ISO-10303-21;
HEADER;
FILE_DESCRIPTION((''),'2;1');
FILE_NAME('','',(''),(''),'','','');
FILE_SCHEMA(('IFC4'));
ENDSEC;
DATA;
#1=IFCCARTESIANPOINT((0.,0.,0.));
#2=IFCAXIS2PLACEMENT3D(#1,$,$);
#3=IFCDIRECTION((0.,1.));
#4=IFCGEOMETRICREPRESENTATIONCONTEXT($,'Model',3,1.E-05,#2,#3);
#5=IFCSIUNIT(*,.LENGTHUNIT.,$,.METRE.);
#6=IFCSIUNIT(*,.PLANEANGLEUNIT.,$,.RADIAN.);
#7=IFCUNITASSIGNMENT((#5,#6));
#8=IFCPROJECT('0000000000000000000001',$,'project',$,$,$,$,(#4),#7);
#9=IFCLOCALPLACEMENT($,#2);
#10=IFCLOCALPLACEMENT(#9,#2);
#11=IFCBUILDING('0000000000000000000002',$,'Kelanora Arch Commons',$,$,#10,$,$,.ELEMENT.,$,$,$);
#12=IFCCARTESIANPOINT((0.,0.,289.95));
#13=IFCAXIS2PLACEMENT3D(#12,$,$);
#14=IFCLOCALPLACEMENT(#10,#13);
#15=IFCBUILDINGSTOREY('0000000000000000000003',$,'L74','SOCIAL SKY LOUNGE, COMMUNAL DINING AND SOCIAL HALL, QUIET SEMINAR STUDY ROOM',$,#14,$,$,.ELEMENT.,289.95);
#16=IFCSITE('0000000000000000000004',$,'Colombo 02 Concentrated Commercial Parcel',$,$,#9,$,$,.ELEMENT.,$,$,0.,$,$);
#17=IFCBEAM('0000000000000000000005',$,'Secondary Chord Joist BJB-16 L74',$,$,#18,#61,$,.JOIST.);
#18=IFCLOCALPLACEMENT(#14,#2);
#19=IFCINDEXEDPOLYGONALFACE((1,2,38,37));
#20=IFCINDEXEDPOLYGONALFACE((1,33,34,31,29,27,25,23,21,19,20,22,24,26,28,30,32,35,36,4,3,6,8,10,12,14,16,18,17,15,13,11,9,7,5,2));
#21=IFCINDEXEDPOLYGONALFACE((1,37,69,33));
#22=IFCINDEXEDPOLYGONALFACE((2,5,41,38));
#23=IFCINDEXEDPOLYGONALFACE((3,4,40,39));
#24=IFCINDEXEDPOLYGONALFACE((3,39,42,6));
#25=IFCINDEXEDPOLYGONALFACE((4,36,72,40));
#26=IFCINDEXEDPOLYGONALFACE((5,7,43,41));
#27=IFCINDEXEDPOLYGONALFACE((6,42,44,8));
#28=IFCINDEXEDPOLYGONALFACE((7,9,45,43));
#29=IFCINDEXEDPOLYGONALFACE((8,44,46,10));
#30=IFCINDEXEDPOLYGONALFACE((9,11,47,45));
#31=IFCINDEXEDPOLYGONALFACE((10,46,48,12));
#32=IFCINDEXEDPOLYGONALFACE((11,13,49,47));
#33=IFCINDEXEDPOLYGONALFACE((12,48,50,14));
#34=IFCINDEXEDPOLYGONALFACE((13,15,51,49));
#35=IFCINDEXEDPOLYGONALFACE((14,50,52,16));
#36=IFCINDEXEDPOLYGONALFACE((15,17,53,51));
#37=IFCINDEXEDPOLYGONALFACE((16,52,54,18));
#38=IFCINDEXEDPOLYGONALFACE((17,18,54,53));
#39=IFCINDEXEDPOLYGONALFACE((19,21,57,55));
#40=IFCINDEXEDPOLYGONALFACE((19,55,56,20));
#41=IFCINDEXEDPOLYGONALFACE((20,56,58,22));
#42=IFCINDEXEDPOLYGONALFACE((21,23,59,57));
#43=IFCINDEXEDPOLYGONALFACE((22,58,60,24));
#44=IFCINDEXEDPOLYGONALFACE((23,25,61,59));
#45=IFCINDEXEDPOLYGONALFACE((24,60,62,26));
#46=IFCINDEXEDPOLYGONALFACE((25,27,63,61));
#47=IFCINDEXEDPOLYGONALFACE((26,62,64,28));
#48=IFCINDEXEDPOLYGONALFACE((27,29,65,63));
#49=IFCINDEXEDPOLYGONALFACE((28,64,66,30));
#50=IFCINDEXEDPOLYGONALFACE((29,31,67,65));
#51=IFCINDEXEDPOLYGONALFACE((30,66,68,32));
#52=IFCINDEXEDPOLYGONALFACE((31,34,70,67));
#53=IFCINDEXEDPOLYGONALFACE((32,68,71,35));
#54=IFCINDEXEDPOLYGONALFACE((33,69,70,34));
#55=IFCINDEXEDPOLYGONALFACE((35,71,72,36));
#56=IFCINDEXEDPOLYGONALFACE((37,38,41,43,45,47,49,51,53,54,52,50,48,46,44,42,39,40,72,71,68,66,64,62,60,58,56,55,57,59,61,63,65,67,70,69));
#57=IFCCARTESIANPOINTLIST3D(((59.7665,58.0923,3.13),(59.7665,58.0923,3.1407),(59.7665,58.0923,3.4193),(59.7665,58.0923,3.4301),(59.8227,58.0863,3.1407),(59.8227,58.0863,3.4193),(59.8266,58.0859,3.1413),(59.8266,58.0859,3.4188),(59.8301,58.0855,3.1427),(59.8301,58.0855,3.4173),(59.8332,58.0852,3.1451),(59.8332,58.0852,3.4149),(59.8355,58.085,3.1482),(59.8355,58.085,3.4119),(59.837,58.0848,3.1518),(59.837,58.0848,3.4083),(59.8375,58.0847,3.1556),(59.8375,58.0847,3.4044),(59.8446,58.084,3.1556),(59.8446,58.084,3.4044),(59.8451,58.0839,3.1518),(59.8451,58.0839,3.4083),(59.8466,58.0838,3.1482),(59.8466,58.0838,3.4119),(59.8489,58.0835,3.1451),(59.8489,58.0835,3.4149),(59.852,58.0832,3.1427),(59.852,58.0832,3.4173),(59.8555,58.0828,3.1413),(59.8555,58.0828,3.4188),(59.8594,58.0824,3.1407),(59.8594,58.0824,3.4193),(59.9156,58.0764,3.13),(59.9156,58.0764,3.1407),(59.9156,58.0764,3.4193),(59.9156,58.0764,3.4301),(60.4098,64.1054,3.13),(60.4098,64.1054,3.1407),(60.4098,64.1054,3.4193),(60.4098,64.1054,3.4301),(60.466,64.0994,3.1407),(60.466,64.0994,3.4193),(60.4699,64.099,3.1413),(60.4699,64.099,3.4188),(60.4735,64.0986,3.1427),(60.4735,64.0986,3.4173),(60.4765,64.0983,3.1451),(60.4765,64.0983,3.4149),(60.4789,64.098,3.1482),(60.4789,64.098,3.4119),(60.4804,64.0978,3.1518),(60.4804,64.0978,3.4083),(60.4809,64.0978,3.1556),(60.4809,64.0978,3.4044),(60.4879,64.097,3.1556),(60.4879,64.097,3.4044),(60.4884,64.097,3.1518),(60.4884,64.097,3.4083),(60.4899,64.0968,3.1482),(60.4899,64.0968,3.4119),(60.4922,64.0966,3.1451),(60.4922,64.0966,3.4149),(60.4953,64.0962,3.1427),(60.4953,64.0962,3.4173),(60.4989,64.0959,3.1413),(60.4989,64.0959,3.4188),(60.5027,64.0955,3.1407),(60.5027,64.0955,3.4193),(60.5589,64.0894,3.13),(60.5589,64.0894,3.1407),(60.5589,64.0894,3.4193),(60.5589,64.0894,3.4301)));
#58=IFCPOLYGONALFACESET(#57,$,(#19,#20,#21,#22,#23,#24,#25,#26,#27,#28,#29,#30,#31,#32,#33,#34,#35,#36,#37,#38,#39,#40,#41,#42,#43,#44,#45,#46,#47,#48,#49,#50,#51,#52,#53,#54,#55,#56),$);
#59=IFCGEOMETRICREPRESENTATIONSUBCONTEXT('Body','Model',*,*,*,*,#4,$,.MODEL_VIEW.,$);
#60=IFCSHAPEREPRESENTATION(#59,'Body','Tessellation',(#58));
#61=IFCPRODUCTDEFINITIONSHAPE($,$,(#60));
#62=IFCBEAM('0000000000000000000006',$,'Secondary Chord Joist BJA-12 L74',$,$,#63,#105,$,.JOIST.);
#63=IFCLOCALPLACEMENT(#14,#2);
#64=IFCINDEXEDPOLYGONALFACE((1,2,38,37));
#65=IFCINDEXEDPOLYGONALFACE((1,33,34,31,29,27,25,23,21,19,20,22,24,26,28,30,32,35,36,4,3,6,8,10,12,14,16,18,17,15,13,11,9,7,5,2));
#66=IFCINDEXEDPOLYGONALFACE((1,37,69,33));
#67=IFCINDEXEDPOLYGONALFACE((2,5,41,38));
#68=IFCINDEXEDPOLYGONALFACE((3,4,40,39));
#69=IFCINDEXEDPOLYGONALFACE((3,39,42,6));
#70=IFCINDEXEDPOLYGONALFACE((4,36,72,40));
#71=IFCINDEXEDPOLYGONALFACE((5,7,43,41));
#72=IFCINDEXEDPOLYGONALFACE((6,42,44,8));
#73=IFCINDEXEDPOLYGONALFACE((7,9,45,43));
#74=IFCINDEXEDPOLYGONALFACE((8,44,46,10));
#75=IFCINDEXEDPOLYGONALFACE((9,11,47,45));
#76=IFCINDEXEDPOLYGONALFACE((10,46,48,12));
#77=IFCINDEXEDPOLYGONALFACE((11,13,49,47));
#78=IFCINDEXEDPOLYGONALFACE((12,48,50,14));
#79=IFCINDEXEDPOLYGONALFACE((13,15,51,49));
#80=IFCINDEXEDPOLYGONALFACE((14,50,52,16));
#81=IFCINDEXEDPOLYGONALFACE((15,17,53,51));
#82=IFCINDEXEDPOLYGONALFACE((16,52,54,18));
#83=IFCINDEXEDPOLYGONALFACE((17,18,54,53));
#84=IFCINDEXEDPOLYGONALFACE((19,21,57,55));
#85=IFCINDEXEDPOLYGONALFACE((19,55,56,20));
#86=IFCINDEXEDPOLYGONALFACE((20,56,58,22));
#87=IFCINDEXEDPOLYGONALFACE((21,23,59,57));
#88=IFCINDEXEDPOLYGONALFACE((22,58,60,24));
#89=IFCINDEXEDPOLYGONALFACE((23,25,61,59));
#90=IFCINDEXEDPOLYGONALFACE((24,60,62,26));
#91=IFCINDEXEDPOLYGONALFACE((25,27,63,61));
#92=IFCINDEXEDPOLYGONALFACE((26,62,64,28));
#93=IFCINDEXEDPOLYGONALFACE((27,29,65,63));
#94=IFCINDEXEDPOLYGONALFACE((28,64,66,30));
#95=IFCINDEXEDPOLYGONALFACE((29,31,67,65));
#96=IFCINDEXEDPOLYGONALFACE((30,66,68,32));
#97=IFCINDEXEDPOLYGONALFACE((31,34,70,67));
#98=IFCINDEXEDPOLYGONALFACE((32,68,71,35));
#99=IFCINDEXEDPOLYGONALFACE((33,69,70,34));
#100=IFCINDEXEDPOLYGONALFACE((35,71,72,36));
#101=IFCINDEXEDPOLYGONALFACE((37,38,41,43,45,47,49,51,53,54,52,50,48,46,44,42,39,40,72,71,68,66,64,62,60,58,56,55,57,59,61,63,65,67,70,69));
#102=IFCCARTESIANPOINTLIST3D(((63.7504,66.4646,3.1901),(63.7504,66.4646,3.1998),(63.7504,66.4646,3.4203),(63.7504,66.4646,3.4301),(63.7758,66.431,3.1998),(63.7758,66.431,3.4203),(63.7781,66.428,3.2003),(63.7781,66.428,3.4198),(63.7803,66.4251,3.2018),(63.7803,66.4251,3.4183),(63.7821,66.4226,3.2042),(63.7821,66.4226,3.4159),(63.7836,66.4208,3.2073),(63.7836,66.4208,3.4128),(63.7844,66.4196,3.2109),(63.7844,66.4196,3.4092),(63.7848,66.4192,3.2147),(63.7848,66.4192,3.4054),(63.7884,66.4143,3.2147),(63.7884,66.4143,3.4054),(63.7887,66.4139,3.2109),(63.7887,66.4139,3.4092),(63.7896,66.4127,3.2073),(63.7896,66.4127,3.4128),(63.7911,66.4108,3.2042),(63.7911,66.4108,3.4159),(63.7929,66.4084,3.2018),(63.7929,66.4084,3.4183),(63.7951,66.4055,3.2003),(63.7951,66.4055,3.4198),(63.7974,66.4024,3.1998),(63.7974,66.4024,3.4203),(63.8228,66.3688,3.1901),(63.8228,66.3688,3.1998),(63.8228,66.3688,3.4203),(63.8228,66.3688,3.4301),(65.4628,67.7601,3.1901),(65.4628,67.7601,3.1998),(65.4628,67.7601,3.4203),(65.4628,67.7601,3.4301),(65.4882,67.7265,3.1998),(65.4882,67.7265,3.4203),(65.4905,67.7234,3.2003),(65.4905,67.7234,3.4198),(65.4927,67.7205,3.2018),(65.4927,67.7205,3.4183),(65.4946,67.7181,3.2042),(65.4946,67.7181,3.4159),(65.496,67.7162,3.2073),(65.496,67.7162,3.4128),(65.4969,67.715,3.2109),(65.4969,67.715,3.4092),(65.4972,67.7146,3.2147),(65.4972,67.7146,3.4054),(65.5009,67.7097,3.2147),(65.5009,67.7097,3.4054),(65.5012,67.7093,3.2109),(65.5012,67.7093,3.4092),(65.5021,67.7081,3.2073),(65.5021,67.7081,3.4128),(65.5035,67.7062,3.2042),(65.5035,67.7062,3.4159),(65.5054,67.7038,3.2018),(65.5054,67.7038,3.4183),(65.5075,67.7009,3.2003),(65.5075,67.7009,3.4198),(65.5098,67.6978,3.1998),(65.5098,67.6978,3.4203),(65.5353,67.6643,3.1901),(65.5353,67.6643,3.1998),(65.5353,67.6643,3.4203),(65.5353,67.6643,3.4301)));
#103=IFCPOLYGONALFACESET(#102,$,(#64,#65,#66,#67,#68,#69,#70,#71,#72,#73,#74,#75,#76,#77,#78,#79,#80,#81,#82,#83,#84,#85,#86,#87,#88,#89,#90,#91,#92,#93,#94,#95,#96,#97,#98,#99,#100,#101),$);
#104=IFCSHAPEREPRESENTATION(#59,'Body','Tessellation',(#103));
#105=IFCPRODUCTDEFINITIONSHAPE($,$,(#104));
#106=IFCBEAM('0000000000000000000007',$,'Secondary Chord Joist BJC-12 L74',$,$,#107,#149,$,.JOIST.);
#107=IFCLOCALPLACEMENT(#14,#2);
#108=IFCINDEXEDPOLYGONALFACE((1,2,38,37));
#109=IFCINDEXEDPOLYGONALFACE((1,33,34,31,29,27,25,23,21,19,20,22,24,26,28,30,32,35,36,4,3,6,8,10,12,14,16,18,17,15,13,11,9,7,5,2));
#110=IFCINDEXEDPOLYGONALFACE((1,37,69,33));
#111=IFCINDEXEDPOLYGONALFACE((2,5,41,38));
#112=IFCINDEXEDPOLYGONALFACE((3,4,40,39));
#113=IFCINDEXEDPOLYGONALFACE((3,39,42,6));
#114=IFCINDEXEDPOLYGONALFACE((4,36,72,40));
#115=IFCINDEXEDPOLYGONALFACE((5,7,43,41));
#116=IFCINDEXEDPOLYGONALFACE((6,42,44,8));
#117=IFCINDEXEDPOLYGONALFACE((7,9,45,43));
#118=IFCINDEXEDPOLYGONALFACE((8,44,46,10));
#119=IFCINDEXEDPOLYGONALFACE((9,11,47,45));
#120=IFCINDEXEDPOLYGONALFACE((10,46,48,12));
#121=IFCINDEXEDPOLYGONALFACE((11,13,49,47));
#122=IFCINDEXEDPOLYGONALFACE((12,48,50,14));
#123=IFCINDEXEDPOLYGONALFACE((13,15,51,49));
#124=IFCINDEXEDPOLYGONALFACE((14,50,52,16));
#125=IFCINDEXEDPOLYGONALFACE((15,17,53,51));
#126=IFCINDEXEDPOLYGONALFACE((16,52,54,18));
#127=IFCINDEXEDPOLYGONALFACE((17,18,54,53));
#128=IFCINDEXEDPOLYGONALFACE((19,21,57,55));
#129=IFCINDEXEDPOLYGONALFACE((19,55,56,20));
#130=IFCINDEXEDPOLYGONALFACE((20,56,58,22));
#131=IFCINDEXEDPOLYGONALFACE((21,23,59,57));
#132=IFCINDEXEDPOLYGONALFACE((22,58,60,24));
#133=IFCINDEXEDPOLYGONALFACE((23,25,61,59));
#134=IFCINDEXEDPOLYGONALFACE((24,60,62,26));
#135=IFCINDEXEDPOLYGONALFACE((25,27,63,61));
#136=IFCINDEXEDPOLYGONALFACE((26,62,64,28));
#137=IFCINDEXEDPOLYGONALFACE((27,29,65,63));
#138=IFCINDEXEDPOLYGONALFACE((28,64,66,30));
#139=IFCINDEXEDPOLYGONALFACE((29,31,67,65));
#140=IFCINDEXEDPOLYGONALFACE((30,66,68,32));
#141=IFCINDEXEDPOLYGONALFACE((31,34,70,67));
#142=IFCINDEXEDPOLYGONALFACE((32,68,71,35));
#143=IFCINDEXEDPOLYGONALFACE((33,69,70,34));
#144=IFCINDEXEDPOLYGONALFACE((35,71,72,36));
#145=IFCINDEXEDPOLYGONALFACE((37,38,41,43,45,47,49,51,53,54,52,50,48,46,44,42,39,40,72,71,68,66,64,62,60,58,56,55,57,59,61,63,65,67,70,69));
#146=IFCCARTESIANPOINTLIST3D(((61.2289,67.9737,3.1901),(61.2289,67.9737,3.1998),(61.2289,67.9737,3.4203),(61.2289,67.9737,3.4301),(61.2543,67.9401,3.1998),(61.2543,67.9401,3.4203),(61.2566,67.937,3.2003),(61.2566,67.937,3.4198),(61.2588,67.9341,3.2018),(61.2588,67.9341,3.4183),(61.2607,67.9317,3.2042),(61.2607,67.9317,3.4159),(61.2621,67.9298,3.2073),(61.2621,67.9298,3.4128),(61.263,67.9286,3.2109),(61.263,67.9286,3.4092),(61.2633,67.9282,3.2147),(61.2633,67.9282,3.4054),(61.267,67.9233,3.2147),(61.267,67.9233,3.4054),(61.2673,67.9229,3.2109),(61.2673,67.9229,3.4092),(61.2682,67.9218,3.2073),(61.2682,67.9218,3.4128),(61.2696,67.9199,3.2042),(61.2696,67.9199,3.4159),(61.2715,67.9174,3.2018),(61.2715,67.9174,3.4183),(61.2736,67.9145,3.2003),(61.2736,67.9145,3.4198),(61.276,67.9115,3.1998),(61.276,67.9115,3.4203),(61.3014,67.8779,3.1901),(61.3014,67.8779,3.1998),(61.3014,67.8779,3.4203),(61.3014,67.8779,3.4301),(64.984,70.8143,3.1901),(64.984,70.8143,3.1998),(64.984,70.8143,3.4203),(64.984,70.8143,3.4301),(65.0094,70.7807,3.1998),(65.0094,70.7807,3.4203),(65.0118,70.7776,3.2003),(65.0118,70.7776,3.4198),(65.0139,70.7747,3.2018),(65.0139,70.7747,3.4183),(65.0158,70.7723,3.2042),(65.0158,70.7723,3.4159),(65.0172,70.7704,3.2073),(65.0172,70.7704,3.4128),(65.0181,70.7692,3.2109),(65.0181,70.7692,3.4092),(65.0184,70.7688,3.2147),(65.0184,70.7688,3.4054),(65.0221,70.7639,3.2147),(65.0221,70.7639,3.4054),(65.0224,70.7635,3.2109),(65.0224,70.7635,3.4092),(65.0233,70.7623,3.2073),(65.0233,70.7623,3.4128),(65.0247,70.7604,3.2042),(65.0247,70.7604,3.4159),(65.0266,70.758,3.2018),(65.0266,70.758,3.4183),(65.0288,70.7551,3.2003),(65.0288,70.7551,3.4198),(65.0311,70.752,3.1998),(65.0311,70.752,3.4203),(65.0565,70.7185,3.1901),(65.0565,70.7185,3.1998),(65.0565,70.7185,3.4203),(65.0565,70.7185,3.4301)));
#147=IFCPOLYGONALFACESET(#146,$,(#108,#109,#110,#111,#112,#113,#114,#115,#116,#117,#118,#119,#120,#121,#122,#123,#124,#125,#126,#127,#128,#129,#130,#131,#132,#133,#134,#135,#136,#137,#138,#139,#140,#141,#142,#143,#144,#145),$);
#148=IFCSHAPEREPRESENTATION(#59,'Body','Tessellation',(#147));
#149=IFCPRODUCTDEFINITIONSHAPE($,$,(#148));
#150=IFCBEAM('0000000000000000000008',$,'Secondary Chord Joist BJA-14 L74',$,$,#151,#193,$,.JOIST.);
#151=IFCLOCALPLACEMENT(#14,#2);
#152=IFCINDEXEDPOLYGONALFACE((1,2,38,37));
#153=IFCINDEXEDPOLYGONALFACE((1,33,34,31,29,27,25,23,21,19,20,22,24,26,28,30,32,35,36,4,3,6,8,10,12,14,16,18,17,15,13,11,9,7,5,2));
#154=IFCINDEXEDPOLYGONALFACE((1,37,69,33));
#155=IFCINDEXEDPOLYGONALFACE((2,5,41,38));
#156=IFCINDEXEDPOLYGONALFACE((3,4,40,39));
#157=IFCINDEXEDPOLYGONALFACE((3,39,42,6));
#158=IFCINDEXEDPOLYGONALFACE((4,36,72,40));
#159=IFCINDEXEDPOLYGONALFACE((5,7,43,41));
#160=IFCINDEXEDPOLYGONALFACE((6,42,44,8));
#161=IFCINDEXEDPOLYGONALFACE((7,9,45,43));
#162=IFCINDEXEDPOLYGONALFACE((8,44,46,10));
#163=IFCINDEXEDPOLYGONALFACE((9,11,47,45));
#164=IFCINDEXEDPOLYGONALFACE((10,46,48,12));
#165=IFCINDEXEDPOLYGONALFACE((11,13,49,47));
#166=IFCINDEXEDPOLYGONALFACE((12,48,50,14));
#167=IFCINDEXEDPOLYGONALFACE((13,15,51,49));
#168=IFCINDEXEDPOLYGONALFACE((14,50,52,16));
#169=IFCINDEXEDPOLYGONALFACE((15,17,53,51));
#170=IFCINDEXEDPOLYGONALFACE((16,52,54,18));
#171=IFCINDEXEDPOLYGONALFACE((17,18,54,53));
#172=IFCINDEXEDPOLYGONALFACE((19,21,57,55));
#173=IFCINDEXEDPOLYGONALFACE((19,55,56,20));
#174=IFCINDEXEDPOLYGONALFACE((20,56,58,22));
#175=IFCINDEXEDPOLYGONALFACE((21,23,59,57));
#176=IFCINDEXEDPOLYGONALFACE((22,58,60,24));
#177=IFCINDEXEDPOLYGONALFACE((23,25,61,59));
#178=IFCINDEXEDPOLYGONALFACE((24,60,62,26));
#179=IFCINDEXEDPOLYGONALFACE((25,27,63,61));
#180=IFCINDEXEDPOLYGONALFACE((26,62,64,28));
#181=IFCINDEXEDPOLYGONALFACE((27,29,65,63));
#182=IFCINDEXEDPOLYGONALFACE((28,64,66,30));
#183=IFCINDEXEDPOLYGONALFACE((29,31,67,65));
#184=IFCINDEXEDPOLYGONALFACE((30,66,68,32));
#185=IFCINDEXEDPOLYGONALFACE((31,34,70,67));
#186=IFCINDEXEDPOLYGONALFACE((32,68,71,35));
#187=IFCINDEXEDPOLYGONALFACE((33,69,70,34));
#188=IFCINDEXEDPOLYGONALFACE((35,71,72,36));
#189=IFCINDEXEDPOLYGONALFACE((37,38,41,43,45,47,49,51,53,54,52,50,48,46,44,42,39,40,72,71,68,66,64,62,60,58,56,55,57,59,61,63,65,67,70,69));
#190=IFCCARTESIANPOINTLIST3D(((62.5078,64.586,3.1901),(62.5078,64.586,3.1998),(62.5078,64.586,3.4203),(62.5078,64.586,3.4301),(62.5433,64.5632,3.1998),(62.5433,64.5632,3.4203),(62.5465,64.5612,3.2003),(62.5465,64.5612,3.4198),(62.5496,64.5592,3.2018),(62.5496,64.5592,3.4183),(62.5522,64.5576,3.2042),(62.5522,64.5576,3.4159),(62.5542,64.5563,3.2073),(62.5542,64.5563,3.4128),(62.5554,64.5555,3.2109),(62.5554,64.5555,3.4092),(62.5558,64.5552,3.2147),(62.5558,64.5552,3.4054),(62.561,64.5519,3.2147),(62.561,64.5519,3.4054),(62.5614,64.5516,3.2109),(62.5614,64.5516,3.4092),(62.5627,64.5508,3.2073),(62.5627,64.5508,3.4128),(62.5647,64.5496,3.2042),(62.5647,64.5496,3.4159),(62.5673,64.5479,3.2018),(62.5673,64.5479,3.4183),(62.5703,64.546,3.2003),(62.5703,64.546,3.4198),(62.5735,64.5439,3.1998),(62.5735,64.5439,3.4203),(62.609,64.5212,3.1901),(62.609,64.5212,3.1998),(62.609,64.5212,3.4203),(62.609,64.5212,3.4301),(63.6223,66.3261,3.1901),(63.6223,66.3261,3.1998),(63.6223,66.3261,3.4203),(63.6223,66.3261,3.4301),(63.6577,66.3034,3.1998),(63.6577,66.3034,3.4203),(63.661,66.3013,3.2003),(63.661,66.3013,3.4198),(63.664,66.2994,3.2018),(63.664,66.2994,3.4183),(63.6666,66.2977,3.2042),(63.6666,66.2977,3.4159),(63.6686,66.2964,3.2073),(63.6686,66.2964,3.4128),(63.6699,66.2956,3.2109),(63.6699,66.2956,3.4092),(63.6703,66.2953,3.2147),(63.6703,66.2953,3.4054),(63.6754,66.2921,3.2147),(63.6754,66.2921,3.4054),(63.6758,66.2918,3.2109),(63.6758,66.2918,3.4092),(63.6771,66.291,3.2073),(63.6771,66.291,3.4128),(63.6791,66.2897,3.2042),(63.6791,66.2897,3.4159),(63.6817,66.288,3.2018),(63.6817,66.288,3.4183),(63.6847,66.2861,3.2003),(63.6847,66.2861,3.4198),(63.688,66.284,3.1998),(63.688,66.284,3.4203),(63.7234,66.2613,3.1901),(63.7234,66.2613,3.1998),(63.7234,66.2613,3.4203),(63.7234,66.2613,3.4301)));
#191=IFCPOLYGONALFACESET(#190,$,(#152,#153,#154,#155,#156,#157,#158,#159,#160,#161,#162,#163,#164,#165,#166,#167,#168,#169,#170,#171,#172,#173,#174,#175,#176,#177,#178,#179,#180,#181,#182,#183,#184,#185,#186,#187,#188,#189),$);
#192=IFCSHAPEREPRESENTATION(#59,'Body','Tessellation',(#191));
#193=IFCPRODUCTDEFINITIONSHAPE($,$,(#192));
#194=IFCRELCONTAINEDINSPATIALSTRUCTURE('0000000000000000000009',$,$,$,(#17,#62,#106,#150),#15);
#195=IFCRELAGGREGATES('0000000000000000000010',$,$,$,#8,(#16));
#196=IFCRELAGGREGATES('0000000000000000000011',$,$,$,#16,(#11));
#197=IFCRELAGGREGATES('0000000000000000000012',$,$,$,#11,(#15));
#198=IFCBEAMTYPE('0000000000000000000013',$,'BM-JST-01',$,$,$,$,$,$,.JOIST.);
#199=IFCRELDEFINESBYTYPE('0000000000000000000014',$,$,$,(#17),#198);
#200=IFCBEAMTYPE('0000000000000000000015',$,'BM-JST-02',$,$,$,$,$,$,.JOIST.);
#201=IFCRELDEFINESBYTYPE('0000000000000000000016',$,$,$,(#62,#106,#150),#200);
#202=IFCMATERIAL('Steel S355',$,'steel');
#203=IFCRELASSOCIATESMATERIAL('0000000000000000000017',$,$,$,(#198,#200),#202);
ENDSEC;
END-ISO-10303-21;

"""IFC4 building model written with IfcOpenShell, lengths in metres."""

from ifc_helpers import new_model, si_unit, direction, frame, origin, origin_2d, place, context, subcontext, project, spatial, i_section, extrude, material, material_profile, profile_set, type_object, element, save


model = new_model("IFC4")

# Units and contexts
model_context = context("Model", 3, precision=1e-05, world=origin(), true_north=direction((0.0, 1.0)))
body_context = subcontext(model_context, "Body", "Model", "MODEL_VIEW")
ifc_project = project(units=[si_unit("LENGTHUNIT", "METRE"), si_unit("PLANEANGLEUNIT", "RADIAN")], contexts=[model_context])

# Site, building, storey
site_placement = place(None, origin())
site = spatial("IfcSite", under=ifc_project, at=site_placement, Name="Colombo 02 Concentrated Commercial Parcel", CompositionType="ELEMENT", RefElevation=0.0)
building_placement = place(site_placement, origin())
building = spatial("IfcBuilding", under=site, at=building_placement, Name="Kelanora Arch Commons", CompositionType="ELEMENT")
storey_placement = place(building_placement, frame((0.0, 0.0, 289.95)))
storey = spatial("IfcBuildingStorey", under=building, at=storey_placement, Name="L74", Description="SOCIAL SKY LOUNGE, COMMUNAL DINING AND SOCIAL HALL, QUIET SEMINAR STUDY ROOM", CompositionType="ELEMENT", Elevation=289.95)

# Beams
ifc_material_1 = material(Name="Steel S355", Category="steel")
ifc_material_profile_1 = material_profile(ifc_material_1, i_section(OverallWidth=0.1499, OverallDepth=0.3, WebThickness=0.0071, FlangeThickness=0.0107, FilletRadius=0.0149, at=origin_2d()), Name="IPE300")
ifc_profile_set_1 = profile_set([ifc_material_profile_1], Name="Steel S355")
beam_type_1 = type_object("IfcBeamType", Name="BM-JST-01", PredefinedType="JOIST", material=ifc_profile_set_1)
beam_1_placement = place(storey_placement, frame((60.4844, 64.0974, 3.28), z_axis=(-0.106381, -0.994325, 0.0), x_axis=(0.994325, -0.106381, 0.0)))
element("IfcBeam", 1, at=beam_1_placement, inside=storey, type_object=beam_type_1, Name="Secondary Chord Joist BJB-16 L74", PredefinedType="JOIST", context=body_context, shape_type="SweptSolid", body=[
    extrude(i_section(OverallWidth=0.1499, OverallDepth=0.3, WebThickness=0.0071, FlangeThickness=0.0107, FilletRadius=0.0149, at=origin_2d()), origin(), (0.0, 0.0, 1.0), 6.0474),
])
ifc_material_profile_2 = material_profile(ifc_material_1, i_section(OverallWidth=0.1201, OverallDepth=0.24, WebThickness=0.0061, FlangeThickness=0.0098, FilletRadius=0.0149, at=origin_2d()), Name="IPE240")
ifc_profile_set_2 = profile_set([ifc_material_profile_2], Name="Steel S355")
beam_type_2 = type_object("IfcBeamType", Name="BM-JST-02", PredefinedType="JOIST", material=ifc_profile_set_2)
beam_2_placement = place(storey_placement, frame((65.499, 67.7122, 3.3101), z_axis=(-0.79751, -0.603306, 0.0), x_axis=(0.603306, -0.79751, 0.0)))
element("IfcBeam", 2, at=beam_2_placement, inside=storey, type_object=beam_type_2, Name="Secondary Chord Joist BJA-12 L74", PredefinedType="JOIST", context=body_context, shape_type="SweptSolid", body=[
    extrude(i_section(OverallWidth=0.1201, OverallDepth=0.24, WebThickness=0.0061, FlangeThickness=0.0098, FilletRadius=0.0149, at=origin_2d()), origin(), (0.0, 0.0, 1.0), 2.1472),
])
beam_3_placement = place(storey_placement, frame((65.0203, 70.7664, 3.3101), z_axis=(-0.797523, -0.603289, 0.0), x_axis=(0.603289, -0.797523, 0.0)))
element("IfcBeam", 3, at=beam_3_placement, inside=storey, type_object=beam_type_2, Name="Secondary Chord Joist BJC-12 L74", PredefinedType="JOIST", context=body_context, shape_type="SweptSolid", body=[
    extrude(i_section(OverallWidth=0.1201, OverallDepth=0.24, WebThickness=0.0061, FlangeThickness=0.0098, FilletRadius=0.0149, at=origin_2d()), origin(), (0.0, 0.0, 1.0), 4.7085),
])
beam_4_placement = place(storey_placement, frame((63.6729, 66.2937, 3.3101), z_axis=(-0.539312, -0.842106, 0.0), x_axis=(0.842106, -0.539312, 0.0)))
element("IfcBeam", 4, at=beam_4_placement, inside=storey, type_object=beam_type_2, Name="Secondary Chord Joist BJA-14 L74", PredefinedType="JOIST", context=body_context, shape_type="SweptSolid", body=[
    extrude(i_section(OverallWidth=0.1201, OverallDepth=0.24, WebThickness=0.0061, FlangeThickness=0.0098, FilletRadius=0.0149, at=origin_2d()), origin(), (0.0, 0.0, 1.0), 2.0664),
])

save(model, "model.ifc")
